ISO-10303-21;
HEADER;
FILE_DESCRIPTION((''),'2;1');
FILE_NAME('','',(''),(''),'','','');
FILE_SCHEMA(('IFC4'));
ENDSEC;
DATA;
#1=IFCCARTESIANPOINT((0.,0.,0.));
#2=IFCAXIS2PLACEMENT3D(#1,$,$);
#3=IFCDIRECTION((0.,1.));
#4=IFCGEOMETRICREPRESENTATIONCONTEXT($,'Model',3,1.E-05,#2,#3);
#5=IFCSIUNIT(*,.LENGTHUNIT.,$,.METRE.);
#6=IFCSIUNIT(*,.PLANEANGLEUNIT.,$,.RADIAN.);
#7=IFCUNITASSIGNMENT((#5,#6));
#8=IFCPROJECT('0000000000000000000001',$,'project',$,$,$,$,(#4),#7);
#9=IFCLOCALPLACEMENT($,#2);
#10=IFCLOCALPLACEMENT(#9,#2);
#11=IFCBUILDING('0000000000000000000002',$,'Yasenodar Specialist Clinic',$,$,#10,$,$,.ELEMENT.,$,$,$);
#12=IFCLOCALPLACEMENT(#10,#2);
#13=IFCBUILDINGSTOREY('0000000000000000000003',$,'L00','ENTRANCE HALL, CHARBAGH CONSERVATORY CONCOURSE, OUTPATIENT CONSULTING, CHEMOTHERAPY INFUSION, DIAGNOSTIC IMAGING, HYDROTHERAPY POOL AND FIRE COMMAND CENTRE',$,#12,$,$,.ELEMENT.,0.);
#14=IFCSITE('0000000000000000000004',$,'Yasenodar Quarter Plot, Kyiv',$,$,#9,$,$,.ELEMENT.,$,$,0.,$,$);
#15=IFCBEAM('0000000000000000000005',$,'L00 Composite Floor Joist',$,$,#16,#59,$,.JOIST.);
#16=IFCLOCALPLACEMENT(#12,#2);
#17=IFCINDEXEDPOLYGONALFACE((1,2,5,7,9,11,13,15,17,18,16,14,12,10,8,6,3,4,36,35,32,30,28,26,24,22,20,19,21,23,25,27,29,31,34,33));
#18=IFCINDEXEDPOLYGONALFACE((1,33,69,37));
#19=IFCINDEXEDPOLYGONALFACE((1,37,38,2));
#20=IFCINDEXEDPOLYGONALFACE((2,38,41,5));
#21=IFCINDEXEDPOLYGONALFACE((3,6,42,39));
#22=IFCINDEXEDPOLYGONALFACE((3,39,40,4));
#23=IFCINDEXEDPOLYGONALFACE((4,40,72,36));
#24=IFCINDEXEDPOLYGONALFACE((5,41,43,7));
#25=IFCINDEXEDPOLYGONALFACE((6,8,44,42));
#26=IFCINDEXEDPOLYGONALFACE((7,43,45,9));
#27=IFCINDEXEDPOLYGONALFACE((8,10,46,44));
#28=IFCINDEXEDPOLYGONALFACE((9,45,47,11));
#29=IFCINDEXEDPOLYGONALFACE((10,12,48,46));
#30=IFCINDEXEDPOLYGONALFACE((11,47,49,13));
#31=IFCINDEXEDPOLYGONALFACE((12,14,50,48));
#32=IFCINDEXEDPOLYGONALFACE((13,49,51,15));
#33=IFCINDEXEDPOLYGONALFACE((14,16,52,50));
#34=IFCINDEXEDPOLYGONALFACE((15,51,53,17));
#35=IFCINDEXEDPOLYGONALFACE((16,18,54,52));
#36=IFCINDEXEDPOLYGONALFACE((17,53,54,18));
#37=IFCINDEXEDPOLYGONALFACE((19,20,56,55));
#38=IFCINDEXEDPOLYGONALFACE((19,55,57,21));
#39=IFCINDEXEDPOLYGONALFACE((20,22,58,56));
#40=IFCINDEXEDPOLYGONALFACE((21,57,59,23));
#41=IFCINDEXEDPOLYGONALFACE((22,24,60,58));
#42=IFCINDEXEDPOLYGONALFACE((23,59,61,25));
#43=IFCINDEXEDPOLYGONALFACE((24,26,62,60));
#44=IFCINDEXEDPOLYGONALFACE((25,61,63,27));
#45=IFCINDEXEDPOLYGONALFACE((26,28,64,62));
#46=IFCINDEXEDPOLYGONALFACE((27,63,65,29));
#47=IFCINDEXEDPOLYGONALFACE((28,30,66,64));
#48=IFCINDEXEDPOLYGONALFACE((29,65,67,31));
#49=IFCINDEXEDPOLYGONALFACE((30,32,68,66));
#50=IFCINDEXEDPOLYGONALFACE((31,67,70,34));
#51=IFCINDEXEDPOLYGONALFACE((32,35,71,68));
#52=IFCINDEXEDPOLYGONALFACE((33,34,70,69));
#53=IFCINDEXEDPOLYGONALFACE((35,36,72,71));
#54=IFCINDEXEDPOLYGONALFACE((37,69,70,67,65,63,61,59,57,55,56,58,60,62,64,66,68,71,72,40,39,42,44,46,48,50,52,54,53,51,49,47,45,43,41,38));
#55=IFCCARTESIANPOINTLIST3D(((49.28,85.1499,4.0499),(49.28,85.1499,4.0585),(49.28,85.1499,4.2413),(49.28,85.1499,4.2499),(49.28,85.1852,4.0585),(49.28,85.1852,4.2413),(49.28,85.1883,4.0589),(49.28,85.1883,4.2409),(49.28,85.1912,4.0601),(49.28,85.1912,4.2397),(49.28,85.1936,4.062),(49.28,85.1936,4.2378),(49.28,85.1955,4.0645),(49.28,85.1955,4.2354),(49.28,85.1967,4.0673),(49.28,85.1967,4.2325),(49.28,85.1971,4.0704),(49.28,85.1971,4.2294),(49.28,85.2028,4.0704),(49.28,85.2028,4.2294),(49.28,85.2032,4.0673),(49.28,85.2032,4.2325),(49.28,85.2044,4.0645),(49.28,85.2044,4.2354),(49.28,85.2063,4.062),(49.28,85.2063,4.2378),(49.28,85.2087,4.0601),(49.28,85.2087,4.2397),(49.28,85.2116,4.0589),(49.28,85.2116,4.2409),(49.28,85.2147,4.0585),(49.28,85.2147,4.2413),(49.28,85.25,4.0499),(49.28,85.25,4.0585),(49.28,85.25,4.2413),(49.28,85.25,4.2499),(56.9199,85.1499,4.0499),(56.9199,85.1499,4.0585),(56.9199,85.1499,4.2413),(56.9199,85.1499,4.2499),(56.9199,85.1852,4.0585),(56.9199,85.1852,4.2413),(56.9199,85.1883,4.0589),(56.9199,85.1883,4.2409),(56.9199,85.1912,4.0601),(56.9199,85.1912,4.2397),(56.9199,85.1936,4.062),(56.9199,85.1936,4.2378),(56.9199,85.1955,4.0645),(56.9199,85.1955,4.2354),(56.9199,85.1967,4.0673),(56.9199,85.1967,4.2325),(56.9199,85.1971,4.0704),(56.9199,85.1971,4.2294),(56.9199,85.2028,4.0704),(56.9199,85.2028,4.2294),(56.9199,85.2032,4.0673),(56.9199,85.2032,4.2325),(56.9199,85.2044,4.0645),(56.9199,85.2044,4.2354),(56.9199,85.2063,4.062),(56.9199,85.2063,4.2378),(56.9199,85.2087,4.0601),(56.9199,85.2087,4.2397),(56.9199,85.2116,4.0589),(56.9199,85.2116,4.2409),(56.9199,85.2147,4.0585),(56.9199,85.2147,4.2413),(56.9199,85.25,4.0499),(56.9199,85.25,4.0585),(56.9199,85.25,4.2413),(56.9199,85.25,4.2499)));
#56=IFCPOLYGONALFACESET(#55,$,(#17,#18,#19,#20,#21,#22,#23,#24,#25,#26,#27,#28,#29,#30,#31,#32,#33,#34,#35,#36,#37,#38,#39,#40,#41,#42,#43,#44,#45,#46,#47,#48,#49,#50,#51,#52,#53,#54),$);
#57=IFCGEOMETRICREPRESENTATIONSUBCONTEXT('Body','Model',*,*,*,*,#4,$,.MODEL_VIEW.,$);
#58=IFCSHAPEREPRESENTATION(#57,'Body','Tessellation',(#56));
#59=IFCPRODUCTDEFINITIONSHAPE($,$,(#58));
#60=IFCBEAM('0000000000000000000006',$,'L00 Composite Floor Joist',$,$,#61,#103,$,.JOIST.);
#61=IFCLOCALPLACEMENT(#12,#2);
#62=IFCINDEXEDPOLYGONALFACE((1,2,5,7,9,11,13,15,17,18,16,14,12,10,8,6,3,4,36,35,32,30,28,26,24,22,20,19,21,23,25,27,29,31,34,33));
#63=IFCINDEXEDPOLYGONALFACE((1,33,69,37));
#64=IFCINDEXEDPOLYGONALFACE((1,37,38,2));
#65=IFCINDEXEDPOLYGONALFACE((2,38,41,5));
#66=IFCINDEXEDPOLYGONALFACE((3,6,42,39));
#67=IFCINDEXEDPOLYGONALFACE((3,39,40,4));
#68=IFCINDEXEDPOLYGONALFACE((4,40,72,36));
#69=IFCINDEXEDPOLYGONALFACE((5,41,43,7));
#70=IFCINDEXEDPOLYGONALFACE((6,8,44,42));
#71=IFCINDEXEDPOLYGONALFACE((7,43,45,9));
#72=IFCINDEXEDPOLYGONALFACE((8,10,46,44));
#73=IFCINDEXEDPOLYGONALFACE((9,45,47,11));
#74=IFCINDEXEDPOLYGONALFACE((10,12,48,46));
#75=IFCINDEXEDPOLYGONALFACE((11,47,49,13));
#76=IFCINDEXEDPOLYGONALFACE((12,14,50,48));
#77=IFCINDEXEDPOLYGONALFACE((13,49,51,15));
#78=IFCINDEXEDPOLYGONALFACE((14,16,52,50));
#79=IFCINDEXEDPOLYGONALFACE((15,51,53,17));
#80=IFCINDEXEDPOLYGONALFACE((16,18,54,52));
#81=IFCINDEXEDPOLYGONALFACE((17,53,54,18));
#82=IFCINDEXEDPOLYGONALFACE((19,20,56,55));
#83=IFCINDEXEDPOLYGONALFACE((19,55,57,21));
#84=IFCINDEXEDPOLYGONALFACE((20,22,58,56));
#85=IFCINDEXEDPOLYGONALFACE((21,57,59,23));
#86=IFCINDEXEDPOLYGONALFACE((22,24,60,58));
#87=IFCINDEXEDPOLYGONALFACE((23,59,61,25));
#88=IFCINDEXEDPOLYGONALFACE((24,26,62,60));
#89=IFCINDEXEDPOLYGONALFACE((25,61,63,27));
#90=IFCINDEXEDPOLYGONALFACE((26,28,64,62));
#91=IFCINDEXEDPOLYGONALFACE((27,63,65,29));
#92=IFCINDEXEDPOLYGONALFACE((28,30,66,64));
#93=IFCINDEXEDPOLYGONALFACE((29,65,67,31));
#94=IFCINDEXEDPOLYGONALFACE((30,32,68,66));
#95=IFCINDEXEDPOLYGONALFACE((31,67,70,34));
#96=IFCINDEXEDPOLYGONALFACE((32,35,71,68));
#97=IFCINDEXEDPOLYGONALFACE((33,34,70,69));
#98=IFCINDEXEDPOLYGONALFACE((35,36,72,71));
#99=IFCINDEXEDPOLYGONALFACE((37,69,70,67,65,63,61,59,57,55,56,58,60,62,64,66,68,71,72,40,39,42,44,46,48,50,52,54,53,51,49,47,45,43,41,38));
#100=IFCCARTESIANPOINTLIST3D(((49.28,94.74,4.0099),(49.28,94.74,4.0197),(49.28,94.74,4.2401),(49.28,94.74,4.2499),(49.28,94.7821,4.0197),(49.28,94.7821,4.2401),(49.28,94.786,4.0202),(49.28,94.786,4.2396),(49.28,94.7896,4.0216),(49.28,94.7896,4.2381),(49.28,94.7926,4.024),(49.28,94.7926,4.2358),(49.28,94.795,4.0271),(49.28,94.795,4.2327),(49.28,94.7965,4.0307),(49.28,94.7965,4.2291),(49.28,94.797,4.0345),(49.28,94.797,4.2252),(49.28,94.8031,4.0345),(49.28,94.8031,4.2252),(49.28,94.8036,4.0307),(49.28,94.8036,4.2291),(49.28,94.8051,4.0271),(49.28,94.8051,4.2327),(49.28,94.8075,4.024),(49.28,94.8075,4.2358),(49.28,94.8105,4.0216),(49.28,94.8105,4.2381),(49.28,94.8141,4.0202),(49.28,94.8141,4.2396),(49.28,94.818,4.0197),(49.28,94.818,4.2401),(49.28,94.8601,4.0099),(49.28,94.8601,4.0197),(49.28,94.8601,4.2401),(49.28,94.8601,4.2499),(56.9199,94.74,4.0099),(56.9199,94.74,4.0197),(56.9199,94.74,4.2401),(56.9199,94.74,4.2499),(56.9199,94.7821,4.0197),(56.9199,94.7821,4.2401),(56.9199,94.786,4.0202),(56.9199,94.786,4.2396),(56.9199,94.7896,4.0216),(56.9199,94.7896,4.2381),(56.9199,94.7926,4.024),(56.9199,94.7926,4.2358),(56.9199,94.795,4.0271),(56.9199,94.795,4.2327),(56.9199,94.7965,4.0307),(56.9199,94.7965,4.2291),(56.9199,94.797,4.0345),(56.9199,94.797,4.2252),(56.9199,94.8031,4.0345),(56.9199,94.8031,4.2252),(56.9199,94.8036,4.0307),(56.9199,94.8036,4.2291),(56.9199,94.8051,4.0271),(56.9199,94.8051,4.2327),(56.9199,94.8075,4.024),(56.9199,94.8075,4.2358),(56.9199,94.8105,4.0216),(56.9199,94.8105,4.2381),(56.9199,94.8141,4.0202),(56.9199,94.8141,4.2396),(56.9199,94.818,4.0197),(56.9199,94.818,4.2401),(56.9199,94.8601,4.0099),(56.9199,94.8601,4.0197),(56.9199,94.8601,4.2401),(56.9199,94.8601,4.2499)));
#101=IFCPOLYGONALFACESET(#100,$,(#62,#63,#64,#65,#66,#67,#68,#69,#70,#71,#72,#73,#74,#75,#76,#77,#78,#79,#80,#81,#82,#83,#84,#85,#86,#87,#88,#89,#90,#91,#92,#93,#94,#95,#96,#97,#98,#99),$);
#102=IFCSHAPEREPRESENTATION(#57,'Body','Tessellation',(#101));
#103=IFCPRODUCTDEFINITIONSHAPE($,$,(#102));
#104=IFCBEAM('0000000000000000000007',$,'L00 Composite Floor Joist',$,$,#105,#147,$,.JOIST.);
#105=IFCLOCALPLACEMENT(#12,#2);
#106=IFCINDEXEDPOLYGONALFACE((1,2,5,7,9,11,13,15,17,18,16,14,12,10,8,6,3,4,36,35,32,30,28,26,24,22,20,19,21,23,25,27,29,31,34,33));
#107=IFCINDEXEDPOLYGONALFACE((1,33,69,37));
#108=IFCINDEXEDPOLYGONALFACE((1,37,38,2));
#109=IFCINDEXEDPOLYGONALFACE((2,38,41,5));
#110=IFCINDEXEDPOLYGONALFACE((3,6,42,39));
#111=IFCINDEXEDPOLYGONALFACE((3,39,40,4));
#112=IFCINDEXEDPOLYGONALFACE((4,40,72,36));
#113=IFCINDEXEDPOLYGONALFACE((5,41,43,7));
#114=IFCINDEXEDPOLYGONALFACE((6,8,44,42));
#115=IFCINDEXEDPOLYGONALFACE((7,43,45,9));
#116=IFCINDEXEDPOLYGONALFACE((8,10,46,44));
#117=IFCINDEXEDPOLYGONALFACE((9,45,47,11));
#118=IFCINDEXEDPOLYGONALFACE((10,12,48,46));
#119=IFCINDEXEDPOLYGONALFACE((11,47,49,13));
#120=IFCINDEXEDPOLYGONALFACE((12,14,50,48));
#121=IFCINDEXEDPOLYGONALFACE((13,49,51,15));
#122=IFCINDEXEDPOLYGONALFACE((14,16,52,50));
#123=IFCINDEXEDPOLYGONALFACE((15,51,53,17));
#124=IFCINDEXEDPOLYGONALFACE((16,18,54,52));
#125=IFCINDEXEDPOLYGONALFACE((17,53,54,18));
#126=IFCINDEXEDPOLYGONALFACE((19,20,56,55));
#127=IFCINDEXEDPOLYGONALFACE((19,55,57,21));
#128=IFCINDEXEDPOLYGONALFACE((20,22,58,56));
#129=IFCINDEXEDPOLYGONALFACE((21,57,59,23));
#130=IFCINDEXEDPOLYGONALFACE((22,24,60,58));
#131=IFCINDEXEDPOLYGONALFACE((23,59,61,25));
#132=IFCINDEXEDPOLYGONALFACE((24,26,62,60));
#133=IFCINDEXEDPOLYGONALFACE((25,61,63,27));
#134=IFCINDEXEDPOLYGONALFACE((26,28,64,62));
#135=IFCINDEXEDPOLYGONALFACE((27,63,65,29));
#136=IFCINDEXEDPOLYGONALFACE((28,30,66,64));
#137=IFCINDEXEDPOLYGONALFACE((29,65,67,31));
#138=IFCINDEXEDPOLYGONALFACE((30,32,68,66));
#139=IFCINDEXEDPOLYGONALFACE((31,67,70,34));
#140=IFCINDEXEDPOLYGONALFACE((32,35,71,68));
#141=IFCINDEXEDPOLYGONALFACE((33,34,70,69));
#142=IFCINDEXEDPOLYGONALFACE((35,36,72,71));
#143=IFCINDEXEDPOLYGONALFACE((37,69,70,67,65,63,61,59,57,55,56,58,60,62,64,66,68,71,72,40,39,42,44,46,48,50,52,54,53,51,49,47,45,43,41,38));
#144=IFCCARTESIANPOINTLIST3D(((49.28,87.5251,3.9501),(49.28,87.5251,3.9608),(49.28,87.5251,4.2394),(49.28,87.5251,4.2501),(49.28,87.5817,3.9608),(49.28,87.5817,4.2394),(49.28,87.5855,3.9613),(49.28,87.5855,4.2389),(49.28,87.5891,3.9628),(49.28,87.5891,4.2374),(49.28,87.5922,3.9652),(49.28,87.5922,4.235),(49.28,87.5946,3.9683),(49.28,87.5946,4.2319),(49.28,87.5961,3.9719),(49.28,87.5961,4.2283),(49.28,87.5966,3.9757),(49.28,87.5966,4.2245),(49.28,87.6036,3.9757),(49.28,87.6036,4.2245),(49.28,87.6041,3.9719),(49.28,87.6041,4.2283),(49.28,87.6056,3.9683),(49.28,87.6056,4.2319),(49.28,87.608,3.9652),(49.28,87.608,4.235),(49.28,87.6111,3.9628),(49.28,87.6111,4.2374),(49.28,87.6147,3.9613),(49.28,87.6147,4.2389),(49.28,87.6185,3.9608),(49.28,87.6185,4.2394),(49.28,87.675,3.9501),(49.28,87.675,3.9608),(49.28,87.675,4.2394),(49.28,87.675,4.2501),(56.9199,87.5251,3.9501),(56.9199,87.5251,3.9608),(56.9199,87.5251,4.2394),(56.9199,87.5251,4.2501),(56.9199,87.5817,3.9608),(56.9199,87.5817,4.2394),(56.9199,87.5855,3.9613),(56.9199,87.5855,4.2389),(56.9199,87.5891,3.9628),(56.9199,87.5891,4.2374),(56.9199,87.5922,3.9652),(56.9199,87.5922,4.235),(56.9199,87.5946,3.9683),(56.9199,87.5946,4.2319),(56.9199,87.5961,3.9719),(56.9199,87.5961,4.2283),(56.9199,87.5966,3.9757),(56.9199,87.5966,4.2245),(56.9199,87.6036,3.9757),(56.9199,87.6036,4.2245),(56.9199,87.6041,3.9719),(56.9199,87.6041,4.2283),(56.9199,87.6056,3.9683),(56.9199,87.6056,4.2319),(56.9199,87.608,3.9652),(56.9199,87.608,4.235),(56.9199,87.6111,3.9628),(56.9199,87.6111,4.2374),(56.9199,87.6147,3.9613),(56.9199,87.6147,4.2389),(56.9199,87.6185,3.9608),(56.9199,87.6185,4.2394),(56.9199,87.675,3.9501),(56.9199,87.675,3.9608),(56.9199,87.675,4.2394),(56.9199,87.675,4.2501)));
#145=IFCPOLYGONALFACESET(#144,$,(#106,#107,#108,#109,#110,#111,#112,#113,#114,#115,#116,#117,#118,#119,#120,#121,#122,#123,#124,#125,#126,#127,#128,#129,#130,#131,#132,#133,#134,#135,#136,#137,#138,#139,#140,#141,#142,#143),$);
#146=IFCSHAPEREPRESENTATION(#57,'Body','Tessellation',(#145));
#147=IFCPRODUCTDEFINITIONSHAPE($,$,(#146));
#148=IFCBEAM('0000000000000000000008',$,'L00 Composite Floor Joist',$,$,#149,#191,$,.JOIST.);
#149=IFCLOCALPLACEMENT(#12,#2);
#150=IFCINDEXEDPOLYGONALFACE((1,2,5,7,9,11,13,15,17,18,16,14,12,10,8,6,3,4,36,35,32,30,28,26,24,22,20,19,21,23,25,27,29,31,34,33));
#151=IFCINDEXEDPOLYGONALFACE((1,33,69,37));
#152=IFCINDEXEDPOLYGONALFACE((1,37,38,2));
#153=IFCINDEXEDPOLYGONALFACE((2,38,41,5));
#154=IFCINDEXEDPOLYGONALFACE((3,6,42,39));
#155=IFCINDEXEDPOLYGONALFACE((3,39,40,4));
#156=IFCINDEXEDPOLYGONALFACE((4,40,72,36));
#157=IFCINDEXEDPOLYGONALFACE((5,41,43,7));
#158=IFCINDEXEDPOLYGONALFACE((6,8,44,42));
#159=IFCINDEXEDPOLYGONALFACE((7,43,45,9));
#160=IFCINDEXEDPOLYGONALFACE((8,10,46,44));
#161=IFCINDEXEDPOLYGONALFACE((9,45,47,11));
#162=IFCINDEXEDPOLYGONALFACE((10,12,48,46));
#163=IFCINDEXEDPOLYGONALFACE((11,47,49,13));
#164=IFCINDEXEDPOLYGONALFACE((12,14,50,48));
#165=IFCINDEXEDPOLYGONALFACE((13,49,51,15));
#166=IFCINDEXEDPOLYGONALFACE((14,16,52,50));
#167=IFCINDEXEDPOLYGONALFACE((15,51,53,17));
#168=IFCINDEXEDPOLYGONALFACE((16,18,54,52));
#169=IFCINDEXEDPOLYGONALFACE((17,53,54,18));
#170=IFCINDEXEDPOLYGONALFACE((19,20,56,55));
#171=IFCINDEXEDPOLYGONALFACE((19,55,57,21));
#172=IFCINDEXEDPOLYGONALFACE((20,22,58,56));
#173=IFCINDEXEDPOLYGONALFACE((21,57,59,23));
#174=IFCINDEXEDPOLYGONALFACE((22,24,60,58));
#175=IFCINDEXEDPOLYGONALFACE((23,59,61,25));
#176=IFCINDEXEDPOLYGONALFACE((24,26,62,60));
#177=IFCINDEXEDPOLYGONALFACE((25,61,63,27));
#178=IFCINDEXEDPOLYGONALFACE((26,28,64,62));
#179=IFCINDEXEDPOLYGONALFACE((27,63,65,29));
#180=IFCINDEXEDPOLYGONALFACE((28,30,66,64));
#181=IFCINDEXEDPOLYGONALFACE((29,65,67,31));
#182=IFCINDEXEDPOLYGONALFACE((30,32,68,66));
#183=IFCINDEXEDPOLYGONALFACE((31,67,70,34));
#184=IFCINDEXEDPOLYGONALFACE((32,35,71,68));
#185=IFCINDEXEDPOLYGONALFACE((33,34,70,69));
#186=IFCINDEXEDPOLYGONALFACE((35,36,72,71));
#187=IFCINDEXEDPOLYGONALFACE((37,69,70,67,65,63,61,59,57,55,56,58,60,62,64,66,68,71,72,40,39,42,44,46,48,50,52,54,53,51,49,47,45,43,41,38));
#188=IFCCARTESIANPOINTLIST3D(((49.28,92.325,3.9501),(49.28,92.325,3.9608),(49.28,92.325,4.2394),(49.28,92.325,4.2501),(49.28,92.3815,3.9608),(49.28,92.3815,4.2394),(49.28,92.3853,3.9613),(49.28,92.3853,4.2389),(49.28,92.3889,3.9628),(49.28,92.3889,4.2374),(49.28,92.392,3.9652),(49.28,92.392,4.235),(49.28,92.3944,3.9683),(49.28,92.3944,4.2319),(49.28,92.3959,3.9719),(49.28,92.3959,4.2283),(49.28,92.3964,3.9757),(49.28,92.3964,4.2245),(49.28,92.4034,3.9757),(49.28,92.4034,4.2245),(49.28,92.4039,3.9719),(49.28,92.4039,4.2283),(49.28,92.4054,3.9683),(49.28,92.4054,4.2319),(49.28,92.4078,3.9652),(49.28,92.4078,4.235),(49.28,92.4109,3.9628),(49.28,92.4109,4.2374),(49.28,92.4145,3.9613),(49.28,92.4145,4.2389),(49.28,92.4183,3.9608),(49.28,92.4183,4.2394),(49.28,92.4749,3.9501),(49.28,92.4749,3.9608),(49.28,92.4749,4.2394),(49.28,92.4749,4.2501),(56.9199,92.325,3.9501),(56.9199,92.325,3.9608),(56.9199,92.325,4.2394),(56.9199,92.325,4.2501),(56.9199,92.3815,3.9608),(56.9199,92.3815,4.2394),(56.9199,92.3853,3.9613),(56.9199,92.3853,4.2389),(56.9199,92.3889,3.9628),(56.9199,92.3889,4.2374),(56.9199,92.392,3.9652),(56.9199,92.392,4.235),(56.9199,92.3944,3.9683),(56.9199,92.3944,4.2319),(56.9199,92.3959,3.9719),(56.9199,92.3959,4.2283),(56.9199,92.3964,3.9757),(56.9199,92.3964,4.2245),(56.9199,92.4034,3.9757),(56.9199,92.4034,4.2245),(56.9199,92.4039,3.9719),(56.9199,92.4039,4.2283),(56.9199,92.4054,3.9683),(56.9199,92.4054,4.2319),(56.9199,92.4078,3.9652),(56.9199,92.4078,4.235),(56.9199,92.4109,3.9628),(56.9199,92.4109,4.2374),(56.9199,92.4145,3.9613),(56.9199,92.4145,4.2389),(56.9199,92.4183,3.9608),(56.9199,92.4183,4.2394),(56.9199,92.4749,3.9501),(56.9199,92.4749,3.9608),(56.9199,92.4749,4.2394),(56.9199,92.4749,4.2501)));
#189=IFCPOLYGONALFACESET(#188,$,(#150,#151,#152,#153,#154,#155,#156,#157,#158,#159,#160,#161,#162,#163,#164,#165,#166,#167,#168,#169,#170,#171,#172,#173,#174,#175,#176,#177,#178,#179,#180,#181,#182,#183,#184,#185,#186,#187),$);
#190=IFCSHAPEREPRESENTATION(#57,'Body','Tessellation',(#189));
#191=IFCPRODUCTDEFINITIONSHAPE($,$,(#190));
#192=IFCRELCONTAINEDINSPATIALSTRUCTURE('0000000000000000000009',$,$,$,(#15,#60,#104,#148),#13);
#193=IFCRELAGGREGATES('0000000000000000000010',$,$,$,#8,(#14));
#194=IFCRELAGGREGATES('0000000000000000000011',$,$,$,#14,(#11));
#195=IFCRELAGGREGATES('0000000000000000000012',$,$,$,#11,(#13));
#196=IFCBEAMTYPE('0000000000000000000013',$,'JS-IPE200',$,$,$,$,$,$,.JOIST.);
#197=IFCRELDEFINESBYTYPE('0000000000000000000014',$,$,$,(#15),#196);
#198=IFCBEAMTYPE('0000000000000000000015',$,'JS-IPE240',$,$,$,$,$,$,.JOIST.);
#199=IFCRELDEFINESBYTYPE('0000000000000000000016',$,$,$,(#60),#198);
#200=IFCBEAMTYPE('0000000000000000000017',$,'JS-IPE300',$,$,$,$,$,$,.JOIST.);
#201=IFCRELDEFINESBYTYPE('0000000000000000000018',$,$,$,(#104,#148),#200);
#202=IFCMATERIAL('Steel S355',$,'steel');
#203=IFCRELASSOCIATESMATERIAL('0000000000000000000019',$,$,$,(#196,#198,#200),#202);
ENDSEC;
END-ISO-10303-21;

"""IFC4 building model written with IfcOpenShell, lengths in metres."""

from ifc_helpers import new_model, si_unit, direction, frame, origin, origin_2d, place, context, subcontext, project, spatial, i_section, extrude, material, material_profile, profile_set, type_object, element, save


model = new_model("IFC4")

# Units and contexts
model_context = context("Model", 3, precision=1e-05, world=origin(), true_north=direction((0.0, 1.0)))
body_context = subcontext(model_context, "Body", "Model", "MODEL_VIEW")
ifc_project = project(units=[si_unit("LENGTHUNIT", "METRE"), si_unit("PLANEANGLEUNIT", "RADIAN")], contexts=[model_context])

# Site, building, storey
site_placement = place(None, origin())
site = spatial("IfcSite", under=ifc_project, at=site_placement, Name="Yasenodar Quarter Plot, Kyiv", CompositionType="ELEMENT", RefElevation=0.0)
building_placement = place(site_placement, origin())
building = spatial("IfcBuilding", under=site, at=building_placement, Name="Yasenodar Specialist Clinic", CompositionType="ELEMENT")
storey_placement = place(building_placement, origin())
storey = spatial("IfcBuildingStorey", under=building, at=storey_placement, Name="L00", Description="ENTRANCE HALL, CHARBAGH CONSERVATORY CONCOURSE, OUTPATIENT CONSULTING, CHEMOTHERAPY INFUSION, DIAGNOSTIC IMAGING, HYDROTHERAPY POOL AND FIRE COMMAND CENTRE", CompositionType="ELEMENT", Elevation=0.0)

# Shared definitions
ifc_material_1 = material(Name="Steel S355", Category="steel")

# Beams
ifc_material_profile_1 = material_profile(ifc_material_1, i_section(OverallWidth=0.1001, OverallDepth=0.2, WebThickness=0.0056, FlangeThickness=0.0085, FilletRadius=0.012, at=origin_2d()), Name="IPE 200")
ifc_profile_set_1 = profile_set([ifc_material_profile_1], Name="Steel S355")
beam_type_1 = type_object("IfcBeamType", Name="JS-IPE200", PredefinedType="JOIST", material=ifc_profile_set_1)
beam_1_placement = place(storey_placement, frame((49.28, 85.2, 4.1499), z_axis=(1.0, 0.0, 0.0), x_axis=(0.0, 1.0, 0.0)))
element("IfcBeam", 1, at=beam_1_placement, inside=storey, type_object=beam_type_1, Name="L00 Composite Floor Joist", PredefinedType="JOIST", context=body_context, shape_type="SweptSolid", body=[
    extrude(i_section(OverallWidth=0.1001, OverallDepth=0.2, WebThickness=0.0056, FlangeThickness=0.0085, FilletRadius=0.012, at=origin_2d()), origin(), (0.0, 0.0, 1.0), 7.6399),
])
ifc_material_profile_2 = material_profile(ifc_material_1, i_section(OverallWidth=0.1201, OverallDepth=0.24, WebThickness=0.0061, FlangeThickness=0.0098, FilletRadius=0.0149, at=origin_2d()), Name="IPE 240")
ifc_profile_set_2 = profile_set([ifc_material_profile_2], Name="Steel S355")
beam_type_2 = type_object("IfcBeamType", Name="JS-IPE240", PredefinedType="JOIST", material=ifc_profile_set_2)
beam_2_placement = place(storey_placement, frame((49.28, 94.8, 4.1299), z_axis=(1.0, 0.0, 0.0), x_axis=(0.0, 1.0, 0.0)))
element("IfcBeam", 2, at=beam_2_placement, inside=storey, type_object=beam_type_2, Name="L00 Composite Floor Joist", PredefinedType="JOIST", context=body_context, shape_type="SweptSolid", body=[
    extrude(i_section(OverallWidth=0.1201, OverallDepth=0.24, WebThickness=0.0061, FlangeThickness=0.0098, FilletRadius=0.0149, at=origin_2d()), origin(), (0.0, 0.0, 1.0), 7.6399),
])
ifc_material_profile_3 = material_profile(ifc_material_1, i_section(OverallWidth=0.1499, OverallDepth=0.3, WebThickness=0.0071, FlangeThickness=0.0107, FilletRadius=0.0149, at=origin_2d()), Name="IPE 300")
ifc_profile_set_3 = profile_set([ifc_material_profile_3], Name="Steel S355")
beam_type_3 = type_object("IfcBeamType", Name="JS-IPE300", PredefinedType="JOIST", material=ifc_profile_set_3)
for number, where, z_axis, x_axis, name in (
    (3, (49.28, 87.6001, 4.1001), (1.0, 0.0, 0.0), (0.0, 1.0, 0.0), "L00 Composite Floor Joist"),
    (4, (49.28, 92.3999, 4.1001), (1.0, 0.0, 0.0), (0.0, 1.0, 0.0), "L00 Composite Floor Joist"),
):
    element("IfcBeam", number, at=place(storey_placement, frame(where, z_axis=z_axis, x_axis=x_axis)), inside=storey, type_object=beam_type_3, Name=name, PredefinedType="JOIST", context=body_context, shape_type="SweptSolid", body=[
        extrude(i_section(OverallWidth=0.1499, OverallDepth=0.3, WebThickness=0.0071, FlangeThickness=0.0107, FilletRadius=0.0149, at=origin_2d()), origin(), (0.0, 0.0, 1.0), 7.6399),
    ])

save(model, "model.ifc")
